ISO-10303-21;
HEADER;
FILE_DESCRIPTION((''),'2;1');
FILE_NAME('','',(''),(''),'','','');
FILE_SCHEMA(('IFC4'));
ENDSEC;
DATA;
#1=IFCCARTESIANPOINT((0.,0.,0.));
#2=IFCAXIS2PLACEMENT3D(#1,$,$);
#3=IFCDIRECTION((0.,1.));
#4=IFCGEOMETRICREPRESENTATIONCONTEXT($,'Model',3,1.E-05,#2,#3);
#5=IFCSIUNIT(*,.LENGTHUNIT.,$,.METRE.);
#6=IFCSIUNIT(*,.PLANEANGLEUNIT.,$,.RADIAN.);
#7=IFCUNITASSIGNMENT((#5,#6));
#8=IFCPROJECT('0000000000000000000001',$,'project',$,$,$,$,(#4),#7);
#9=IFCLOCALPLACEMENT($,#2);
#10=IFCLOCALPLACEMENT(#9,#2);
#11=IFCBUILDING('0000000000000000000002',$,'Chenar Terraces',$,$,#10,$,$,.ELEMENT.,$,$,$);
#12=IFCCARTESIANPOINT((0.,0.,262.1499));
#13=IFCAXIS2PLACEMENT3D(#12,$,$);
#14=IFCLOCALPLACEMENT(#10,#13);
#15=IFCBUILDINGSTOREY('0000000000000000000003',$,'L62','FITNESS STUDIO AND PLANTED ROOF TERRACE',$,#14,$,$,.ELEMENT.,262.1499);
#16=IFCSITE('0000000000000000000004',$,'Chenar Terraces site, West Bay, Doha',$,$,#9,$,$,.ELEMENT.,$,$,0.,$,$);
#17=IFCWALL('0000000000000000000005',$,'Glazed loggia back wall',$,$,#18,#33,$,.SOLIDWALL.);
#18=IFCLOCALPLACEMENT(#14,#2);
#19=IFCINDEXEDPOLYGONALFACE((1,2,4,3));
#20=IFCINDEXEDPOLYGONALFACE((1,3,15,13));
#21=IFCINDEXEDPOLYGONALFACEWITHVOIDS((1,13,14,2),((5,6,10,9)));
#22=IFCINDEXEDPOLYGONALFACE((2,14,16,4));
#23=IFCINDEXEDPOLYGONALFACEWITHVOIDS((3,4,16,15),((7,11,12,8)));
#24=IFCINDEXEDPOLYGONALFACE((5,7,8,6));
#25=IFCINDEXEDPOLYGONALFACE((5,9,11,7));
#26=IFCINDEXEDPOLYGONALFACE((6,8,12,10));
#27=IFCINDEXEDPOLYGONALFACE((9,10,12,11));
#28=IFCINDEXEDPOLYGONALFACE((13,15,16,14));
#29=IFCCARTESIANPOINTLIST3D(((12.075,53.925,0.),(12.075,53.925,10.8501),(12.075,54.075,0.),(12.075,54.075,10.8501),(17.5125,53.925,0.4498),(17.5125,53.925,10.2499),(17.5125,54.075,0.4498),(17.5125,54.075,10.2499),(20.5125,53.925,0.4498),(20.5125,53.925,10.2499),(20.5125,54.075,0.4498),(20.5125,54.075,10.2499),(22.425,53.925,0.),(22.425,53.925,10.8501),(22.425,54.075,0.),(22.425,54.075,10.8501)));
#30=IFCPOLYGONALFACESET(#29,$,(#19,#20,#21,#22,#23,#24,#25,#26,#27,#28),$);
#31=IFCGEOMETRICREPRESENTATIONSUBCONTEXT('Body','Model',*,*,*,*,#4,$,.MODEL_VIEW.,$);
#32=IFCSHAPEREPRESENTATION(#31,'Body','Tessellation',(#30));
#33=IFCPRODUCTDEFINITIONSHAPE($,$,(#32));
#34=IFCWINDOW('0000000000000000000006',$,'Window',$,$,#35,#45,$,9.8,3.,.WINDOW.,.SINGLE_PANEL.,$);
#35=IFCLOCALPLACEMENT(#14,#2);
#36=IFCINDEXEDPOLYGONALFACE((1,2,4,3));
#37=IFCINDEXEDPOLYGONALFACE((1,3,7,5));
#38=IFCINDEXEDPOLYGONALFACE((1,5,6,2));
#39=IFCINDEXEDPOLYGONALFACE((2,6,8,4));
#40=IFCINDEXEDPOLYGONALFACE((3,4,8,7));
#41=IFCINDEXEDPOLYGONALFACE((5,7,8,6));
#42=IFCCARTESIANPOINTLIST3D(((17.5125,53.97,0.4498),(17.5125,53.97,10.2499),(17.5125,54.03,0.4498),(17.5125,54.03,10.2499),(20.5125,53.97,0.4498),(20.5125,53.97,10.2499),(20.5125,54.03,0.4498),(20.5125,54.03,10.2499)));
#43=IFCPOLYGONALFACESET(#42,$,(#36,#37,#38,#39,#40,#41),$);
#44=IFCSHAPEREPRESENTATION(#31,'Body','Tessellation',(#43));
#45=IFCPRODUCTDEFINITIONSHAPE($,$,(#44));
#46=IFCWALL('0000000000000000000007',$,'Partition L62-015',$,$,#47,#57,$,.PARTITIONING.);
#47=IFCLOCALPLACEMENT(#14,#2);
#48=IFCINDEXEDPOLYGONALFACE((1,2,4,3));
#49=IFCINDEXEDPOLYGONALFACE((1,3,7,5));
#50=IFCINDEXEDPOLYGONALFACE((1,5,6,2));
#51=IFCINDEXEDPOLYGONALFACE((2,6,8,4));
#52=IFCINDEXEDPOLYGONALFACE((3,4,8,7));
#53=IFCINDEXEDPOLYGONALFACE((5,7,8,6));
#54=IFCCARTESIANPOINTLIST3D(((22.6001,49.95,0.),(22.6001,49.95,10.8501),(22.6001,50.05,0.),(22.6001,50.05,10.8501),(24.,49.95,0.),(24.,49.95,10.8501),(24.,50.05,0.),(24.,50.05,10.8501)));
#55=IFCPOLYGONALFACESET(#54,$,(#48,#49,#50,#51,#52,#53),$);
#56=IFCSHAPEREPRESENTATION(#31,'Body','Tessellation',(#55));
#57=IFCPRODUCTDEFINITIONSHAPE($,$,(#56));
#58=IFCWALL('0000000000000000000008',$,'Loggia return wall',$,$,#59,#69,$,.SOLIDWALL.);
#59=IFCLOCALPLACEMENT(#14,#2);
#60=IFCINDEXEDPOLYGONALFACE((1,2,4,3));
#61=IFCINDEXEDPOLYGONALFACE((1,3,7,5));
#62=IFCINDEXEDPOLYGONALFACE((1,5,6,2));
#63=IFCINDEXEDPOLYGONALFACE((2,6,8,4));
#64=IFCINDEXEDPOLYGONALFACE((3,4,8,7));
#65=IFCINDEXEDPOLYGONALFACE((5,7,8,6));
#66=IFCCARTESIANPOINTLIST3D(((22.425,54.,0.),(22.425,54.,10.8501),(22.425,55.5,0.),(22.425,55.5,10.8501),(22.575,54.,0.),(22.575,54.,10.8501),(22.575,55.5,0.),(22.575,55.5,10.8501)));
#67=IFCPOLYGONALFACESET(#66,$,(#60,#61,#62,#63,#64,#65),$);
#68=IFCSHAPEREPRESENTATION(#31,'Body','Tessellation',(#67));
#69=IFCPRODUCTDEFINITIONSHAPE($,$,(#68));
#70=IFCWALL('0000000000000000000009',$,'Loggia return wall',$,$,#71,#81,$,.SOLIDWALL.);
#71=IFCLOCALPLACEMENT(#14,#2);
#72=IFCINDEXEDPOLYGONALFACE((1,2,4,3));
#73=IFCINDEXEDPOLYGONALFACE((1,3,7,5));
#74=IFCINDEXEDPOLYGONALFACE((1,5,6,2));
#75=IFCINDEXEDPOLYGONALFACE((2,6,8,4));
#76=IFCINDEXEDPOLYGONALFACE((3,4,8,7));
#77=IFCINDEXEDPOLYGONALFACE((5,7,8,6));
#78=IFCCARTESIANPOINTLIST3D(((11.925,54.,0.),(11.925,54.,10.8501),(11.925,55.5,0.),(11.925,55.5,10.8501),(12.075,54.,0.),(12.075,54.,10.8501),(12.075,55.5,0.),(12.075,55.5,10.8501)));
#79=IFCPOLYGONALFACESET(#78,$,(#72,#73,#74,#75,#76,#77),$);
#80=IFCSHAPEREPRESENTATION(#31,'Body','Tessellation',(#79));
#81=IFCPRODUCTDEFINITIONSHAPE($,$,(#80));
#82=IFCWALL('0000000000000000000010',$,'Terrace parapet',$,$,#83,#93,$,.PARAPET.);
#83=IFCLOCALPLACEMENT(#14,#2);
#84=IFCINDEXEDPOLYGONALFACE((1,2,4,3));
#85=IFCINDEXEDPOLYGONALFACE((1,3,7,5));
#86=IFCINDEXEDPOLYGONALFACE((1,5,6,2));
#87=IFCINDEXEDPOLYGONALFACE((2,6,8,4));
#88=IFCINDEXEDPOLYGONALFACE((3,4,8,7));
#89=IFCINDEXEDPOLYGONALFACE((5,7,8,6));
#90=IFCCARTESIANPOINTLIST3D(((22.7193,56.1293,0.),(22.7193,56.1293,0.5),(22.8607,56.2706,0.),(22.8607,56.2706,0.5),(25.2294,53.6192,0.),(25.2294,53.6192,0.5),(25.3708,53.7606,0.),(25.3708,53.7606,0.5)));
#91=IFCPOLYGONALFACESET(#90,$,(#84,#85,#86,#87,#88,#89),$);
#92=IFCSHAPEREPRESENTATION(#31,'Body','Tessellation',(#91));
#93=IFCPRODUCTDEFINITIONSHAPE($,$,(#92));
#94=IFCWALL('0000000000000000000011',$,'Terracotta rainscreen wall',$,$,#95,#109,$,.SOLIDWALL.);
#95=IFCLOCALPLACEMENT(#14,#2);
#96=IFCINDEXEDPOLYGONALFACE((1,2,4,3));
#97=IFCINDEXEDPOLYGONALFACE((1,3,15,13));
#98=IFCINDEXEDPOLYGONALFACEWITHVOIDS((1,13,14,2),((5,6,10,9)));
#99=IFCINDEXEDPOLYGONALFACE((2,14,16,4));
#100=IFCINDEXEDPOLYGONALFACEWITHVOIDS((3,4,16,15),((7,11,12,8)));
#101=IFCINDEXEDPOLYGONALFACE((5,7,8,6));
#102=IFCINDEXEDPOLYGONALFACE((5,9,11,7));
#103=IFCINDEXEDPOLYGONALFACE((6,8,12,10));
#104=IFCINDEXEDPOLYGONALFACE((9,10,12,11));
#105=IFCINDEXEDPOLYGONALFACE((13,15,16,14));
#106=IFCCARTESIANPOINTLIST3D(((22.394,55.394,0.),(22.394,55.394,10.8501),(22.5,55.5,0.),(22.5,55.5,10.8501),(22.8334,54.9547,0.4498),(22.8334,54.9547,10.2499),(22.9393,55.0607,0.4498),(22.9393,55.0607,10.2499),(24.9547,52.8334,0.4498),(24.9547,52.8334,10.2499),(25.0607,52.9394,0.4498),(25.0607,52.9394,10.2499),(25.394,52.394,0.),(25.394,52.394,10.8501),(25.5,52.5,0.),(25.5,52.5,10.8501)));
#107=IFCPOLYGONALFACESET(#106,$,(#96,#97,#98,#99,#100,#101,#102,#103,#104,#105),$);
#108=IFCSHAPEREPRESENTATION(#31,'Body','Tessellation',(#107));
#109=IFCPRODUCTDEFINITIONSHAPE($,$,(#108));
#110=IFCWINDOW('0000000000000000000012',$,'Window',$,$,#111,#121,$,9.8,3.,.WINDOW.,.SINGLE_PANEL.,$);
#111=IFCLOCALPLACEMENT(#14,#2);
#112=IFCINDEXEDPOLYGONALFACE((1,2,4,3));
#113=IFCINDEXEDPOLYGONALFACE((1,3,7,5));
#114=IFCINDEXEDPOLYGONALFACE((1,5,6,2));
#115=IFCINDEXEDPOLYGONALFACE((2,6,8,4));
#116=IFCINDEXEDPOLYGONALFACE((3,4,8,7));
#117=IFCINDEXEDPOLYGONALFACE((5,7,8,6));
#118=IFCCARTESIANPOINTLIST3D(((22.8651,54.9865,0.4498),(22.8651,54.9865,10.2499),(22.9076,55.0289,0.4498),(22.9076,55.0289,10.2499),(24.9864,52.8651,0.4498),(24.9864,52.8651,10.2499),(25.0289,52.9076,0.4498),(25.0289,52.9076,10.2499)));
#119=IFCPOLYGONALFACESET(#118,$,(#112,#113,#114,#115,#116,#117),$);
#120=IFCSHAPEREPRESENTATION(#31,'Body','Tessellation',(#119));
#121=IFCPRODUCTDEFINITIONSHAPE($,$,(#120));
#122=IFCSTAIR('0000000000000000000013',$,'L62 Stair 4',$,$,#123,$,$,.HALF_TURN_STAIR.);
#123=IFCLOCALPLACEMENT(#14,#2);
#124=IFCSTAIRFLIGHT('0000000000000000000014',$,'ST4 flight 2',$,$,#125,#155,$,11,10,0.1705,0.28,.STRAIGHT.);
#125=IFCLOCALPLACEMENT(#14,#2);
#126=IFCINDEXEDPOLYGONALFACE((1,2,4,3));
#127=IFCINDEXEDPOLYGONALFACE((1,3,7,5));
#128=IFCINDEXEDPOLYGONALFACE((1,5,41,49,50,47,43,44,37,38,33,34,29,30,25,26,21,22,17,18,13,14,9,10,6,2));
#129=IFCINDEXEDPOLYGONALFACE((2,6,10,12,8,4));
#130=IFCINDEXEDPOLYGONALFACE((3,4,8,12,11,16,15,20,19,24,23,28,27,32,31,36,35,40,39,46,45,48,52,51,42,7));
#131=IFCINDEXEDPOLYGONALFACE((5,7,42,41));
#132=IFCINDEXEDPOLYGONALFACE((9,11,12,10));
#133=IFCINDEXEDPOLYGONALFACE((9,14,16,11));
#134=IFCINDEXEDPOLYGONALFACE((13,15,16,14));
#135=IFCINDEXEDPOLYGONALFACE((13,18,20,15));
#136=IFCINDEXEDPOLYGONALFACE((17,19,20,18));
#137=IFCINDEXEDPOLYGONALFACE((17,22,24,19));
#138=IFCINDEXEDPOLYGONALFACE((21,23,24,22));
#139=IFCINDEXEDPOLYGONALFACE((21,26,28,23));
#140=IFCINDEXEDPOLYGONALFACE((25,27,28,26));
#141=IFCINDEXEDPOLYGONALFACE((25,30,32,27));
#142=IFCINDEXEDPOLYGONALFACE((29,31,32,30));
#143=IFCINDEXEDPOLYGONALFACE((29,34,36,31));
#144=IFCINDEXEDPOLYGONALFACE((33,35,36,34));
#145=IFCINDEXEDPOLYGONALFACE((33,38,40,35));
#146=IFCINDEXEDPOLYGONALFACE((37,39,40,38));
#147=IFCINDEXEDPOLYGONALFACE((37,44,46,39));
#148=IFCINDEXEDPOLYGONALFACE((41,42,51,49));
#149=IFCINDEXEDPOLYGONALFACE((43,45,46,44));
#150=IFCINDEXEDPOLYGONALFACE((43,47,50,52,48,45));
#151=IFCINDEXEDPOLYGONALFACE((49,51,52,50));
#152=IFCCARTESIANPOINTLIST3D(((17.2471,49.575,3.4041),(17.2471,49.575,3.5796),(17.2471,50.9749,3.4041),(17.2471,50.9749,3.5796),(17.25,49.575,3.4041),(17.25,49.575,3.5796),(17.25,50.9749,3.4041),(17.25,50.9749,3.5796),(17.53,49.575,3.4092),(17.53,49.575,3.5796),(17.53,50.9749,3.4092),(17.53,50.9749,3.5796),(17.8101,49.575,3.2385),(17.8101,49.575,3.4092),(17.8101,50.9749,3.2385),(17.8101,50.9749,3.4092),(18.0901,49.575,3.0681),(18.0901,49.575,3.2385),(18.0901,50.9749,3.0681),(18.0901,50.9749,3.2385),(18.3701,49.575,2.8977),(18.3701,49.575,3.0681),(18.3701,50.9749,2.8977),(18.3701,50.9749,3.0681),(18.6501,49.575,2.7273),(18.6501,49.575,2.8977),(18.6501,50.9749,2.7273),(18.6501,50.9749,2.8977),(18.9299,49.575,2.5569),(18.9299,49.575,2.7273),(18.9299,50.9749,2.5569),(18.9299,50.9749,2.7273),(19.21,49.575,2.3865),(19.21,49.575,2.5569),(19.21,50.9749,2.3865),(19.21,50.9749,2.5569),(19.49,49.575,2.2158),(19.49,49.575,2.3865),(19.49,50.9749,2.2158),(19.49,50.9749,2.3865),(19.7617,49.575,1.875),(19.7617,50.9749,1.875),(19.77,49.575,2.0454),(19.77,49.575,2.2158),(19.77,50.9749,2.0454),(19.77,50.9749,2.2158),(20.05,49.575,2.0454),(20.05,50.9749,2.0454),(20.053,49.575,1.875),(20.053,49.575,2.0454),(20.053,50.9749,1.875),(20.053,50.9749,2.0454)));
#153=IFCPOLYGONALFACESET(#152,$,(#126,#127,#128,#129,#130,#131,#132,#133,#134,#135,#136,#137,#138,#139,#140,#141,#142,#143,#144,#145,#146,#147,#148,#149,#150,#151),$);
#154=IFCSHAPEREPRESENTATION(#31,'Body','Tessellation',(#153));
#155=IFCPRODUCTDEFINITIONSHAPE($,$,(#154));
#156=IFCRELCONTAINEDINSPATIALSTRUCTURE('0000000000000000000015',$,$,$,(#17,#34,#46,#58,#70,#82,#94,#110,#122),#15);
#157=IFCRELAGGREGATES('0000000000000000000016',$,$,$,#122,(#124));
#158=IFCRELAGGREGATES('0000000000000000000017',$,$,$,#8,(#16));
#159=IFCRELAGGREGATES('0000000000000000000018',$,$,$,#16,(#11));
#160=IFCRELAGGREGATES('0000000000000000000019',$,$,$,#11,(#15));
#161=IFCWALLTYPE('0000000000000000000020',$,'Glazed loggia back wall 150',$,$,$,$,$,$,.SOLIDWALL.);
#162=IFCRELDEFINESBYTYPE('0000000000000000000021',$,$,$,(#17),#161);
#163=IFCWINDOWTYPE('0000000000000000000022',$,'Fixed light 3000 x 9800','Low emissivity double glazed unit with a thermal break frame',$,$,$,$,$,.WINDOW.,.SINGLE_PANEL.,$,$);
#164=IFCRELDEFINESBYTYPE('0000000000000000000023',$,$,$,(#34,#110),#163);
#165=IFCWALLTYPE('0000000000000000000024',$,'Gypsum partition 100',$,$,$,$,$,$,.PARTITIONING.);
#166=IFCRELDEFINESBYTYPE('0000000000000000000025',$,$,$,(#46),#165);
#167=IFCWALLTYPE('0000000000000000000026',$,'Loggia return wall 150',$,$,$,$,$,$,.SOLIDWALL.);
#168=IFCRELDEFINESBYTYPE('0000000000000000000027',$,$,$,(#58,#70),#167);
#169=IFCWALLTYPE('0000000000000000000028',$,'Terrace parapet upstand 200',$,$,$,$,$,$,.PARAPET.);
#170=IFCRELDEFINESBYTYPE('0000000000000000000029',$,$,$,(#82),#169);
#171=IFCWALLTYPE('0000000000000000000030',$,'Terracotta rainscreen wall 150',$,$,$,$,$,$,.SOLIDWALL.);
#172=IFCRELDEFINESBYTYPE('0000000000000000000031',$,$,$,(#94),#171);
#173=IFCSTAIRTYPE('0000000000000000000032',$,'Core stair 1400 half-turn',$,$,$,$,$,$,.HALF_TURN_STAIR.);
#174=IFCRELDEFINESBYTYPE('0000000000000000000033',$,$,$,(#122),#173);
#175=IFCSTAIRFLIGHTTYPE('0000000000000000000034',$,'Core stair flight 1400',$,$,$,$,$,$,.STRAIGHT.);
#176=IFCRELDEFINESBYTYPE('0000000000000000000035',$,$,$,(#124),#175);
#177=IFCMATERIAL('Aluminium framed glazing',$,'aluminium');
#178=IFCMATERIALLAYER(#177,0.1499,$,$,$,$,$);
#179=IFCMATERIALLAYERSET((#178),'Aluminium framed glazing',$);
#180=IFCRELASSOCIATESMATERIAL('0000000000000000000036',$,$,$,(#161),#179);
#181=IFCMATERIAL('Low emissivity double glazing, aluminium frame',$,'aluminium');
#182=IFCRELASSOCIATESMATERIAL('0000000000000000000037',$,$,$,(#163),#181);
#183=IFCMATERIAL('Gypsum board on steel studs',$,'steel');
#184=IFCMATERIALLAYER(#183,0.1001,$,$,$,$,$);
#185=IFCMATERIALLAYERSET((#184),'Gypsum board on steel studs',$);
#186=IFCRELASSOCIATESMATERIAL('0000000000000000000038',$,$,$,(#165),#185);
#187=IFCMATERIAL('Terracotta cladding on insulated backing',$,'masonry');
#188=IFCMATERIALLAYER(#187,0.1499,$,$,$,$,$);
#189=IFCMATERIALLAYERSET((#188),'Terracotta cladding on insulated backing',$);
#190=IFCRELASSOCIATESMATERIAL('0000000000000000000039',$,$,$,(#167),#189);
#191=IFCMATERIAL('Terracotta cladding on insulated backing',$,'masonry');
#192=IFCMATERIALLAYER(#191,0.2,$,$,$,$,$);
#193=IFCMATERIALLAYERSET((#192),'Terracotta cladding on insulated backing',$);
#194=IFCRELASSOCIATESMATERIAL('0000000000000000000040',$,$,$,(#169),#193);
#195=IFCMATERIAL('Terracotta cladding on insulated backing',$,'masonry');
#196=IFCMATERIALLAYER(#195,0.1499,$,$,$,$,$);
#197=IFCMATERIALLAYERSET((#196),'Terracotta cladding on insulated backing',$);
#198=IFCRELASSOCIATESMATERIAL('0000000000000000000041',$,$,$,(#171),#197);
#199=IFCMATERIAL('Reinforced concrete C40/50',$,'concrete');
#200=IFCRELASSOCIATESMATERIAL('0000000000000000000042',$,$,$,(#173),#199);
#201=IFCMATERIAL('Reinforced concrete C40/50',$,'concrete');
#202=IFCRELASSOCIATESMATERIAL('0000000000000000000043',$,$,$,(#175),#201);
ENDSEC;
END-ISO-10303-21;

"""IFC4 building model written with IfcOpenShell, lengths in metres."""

from ifc_helpers import new_model, si_unit, direction, frame, frame_2d, origin, place, context, subcontext, project, spatial, polyline, rectangle, outline, extrude, material, layer, layer_set, type_object, element, fill, aggregate, save


model = new_model("IFC4")

# Units and contexts
model_context = context("Model", 3, precision=1e-05, world=origin(), true_north=direction((0.0, 1.0)))
body_context = subcontext(model_context, "Body", "Model", "MODEL_VIEW")
ifc_project = project(units=[si_unit("LENGTHUNIT", "METRE"), si_unit("PLANEANGLEUNIT", "RADIAN")], contexts=[model_context])

# Site, building, storey
site_placement = place(None, origin())
site = spatial("IfcSite", under=ifc_project, at=site_placement, Name="Chenar Terraces site, West Bay, Doha", CompositionType="ELEMENT", RefElevation=0.0)
building_placement = place(site_placement, origin())
building = spatial("IfcBuilding", under=site, at=building_placement, Name="Chenar Terraces", CompositionType="ELEMENT")
storey_placement = place(building_placement, frame((0.0, 0.0, 262.1499)))
storey = spatial("IfcBuildingStorey", under=building, at=storey_placement, Name="L62", Description="FITNESS STUDIO AND PLANTED ROOF TERRACE", CompositionType="ELEMENT", Elevation=262.1499)

# Shared definitions
placement = place(storey_placement, origin())

# Wall, opening, window
ifc_material_1 = material(Name="Aluminium framed glazing", Category="aluminium")
ifc_layer_1 = layer(ifc_material_1, 0.1499)
ifc_layer_set_1 = layer_set([ifc_layer_1], Name="Aluminium framed glazing")
wall_type_1 = type_object("IfcWallType", Name="Glazed loggia back wall 150", PredefinedType="SOLIDWALL", material=ifc_layer_set_1)
wall_1_placement = place(storey_placement, frame((22.425, 54.0, 0.0), z_axis=(0.0, 0.0, 1.0), x_axis=(-1.0, 0.0, 0.0)))
wall_1 = element("IfcWall", 1, at=wall_1_placement, inside=storey, type_object=wall_type_1, Name="Glazed loggia back wall", PredefinedType="SOLIDWALL", context=body_context, shape_type="SweptSolid", body=[
    extrude(rectangle(XDim=10.3501, YDim=0.1499, at=frame_2d((5.175, 0.0))), origin(), (0.0, 0.0, 1.0), 10.8501),
])
opening_1_placement = place(wall_1_placement, frame((1.9126, 0.0, 0.45)))
opening_1 = element("IfcOpeningElement", 2, at=opening_1_placement, cuts=wall_1, PredefinedType="OPENING", context=body_context, shape_type="SweptSolid", body=[
    extrude(rectangle(XDim=3.0, YDim=9.8, at=frame_2d((1.5, 4.8999))), frame((0.0, 0.085, 0.0), z_axis=(0.0, -1.0, 0.0), x_axis=(1.0, 0.0, 0.0)), (0.0, 0.0, 1.0), 0.1699),
])
ifc_material_2 = material(Name="Low emissivity double glazing, aluminium frame", Category="aluminium")
window_type = type_object("IfcWindowType", Name="Fixed light 3000 x 9800", Description="Low emissivity double glazed unit with a thermal break frame", PartitioningType="SINGLE_PANEL", PredefinedType="WINDOW", material=ifc_material_2)
window_1_placement = place(opening_1_placement, origin())
window_1 = element("IfcWindow", 3, at=window_1_placement, inside=storey, type_object=window_type, Name="Window", OverallHeight=9.8, OverallWidth=3.0, PartitioningType="SINGLE_PANEL", PredefinedType="WINDOW", context=body_context, shape_type="SweptSolid", body=[
    extrude(rectangle(XDim=3.0, YDim=9.8, at=frame_2d((1.5, 4.8999))), frame((0.0, 0.03, 0.0), z_axis=(0.0, -1.0, 0.0), x_axis=(1.0, 0.0, 0.0)), (0.0, 0.0, 1.0), 0.0601),
])
fill(opening_1, window_1)

# Walls
ifc_material_3 = material(Name="Gypsum board on steel studs", Category="steel")
ifc_layer_2 = layer(ifc_material_3, 0.1001)
ifc_layer_set_2 = layer_set([ifc_layer_2], Name="Gypsum board on steel studs")
wall_type_2 = type_object("IfcWallType", Name="Gypsum partition 100", PredefinedType="PARTITIONING", material=ifc_layer_set_2)
wall_2_placement = place(storey_placement, frame((22.6001, 50.0, 0.0), z_axis=(0.0, 0.0, 1.0), x_axis=(1.0, 0.0, 0.0)))
element("IfcWall", 4, at=wall_2_placement, inside=storey, type_object=wall_type_2, Name="Partition L62-015", PredefinedType="PARTITIONING", context=body_context, shape_type="SweptSolid", body=[
    extrude(rectangle(XDim=1.3999, YDim=0.1001, at=frame_2d((0.7, 0.0))), origin(), (0.0, 0.0, 1.0), 10.8501),
])
ifc_material_4 = material(Name="Terracotta cladding on insulated backing", Category="masonry")
ifc_layer_3 = layer(ifc_material_4, 0.1499)
ifc_layer_set_3 = layer_set([ifc_layer_3], Name="Terracotta cladding on insulated backing")
wall_type_3 = type_object("IfcWallType", Name="Loggia return wall 150", PredefinedType="SOLIDWALL", material=ifc_layer_set_3)
for number, where, z_axis, x_axis, name in (
    (5, (22.5, 55.5, 0.0), (0.0, 0.0, 1.0), (0.0, -1.0, 0.0), "Loggia return wall"),
    (6, (12.0, 55.5, 0.0), (0.0, 0.0, 1.0), (0.0, -1.0, 0.0), "Loggia return wall"),
):
    element("IfcWall", number, at=place(storey_placement, frame(where, z_axis=z_axis, x_axis=x_axis)), inside=storey, type_object=wall_type_3, Name=name, PredefinedType="SOLIDWALL", context=body_context, shape_type="SweptSolid", body=[
        extrude(rectangle(XDim=1.5, YDim=0.1499, at=frame_2d((0.75, 0.0))), origin(), (0.0, 0.0, 1.0), 10.8501),
    ])
ifc_material_5 = material(Name="Terracotta cladding on insulated backing", Category="masonry")
ifc_layer_4 = layer(ifc_material_5, 0.2)
ifc_layer_set_4 = layer_set([ifc_layer_4], Name="Terracotta cladding on insulated backing")
wall_type_4 = type_object("IfcWallType", Name="Terrace parapet upstand 200", PredefinedType="PARAPET", material=ifc_layer_set_4)
wall_3_placement = place(storey_placement, frame((22.79, 56.2, 0.0), z_axis=(0.0, 0.0, 1.0), x_axis=(0.707107, -0.707107, 0.0)))
element("IfcWall", 7, at=wall_3_placement, inside=storey, type_object=wall_type_4, Name="Terrace parapet", PredefinedType="PARAPET", context=body_context, shape_type="SweptSolid", body=[
    extrude(rectangle(XDim=3.5498, YDim=0.2, at=frame_2d((1.7749, 0.0))), origin(), (0.0, 0.0, 1.0), 0.5),
])

# Wall, opening, window
ifc_material_6 = material(Name="Terracotta cladding on insulated backing", Category="masonry")
ifc_layer_5 = layer(ifc_material_6, 0.1499)
ifc_layer_set_5 = layer_set([ifc_layer_5], Name="Terracotta cladding on insulated backing")
wall_type_5 = type_object("IfcWallType", Name="Terracotta rainscreen wall 150", PredefinedType="SOLIDWALL", material=ifc_layer_set_5)
wall_4_placement = place(storey_placement, frame((25.447, 52.447, 0.0), z_axis=(0.0, 0.0, 1.0), x_axis=(-0.707107, 0.707107, 0.0)))
wall_4 = element("IfcWall", 8, at=wall_4_placement, inside=storey, type_object=wall_type_5, Name="Terracotta rainscreen wall", PredefinedType="SOLIDWALL", context=body_context, shape_type="SweptSolid", body=[
    extrude(rectangle(XDim=4.2427, YDim=0.1499, at=frame_2d((2.1213, 0.0))), origin(), (0.0, 0.0, 1.0), 10.8501),
])
opening_2_placement = place(wall_4_placement, frame((0.6213, 0.0, 0.45)))
opening_2 = element("IfcOpeningElement", 9, at=opening_2_placement, cuts=wall_4, PredefinedType="OPENING", context=body_context, shape_type="SweptSolid", body=[
    extrude(rectangle(XDim=3.0, YDim=9.8, at=frame_2d((1.5, 4.8999))), frame((0.0, 0.085, 0.0), z_axis=(0.0, -1.0, 0.0), x_axis=(1.0, 0.0, 0.0)), (0.0, 0.0, 1.0), 0.1699),
])
window_2_placement = place(opening_2_placement, origin())
window_2 = element("IfcWindow", 10, at=window_2_placement, inside=storey, type_object=window_type, Name="Window", OverallHeight=9.8, OverallWidth=3.0, PartitioningType="SINGLE_PANEL", PredefinedType="WINDOW", context=body_context, shape_type="SweptSolid", body=[
    extrude(rectangle(XDim=3.0, YDim=9.8, at=frame_2d((1.5, 4.8999))), frame((0.0, 0.03, 0.0), z_axis=(0.0, -1.0, 0.0), x_axis=(1.0, 0.0, 0.0)), (0.0, 0.0, 1.0), 0.0601),
])
fill(opening_2, window_2)

# Stair, stair flight
ifc_material_7 = material(Name="Reinforced concrete C40/50", Category="concrete")
stair_type = type_object("IfcStairType", Name="Core stair 1400 half-turn", PredefinedType="HALF_TURN_STAIR", material=ifc_material_7)
stair = element("IfcStair", 11, at=placement, inside=storey, type_object=stair_type, Name="L62 Stair 4", PredefinedType="HALF_TURN_STAIR")
ifc_material_8 = material(Name="Reinforced concrete C40/50", Category="concrete")
stair_flight_type = type_object("IfcStairFlightType", Name="Core stair flight 1400", PredefinedType="STRAIGHT", material=ifc_material_8)
stair_flight_1_placement = place(storey_placement, frame((20.05, 50.2749, 1.875), z_axis=(0.0, 0.0, 1.0), x_axis=(-1.0, 0.0, 0.0)))
stair_flight_1 = element("IfcStairFlight", 12, at=stair_flight_1_placement, type_object=stair_flight_type, Name="ST4 flight 2", NumberOfRisers=11, NumberOfTreads=10, PredefinedType="STRAIGHT", RiserHeight=0.1705, TreadLength=0.28, context=body_context, shape_type="SweptSolid", body=[
    extrude(outline(polyline([(-0.0029, 0.0), (-0.0029, 0.1704), (0.0, 0.1704), (0.28, 0.1704), (0.28, 0.3408), (0.5601, 0.3408), (0.5601, 0.5115), (0.8401, 0.5115), (0.8401, 0.6819), (1.1201, 0.6819), (1.1201, 0.8523), (1.3999, 0.8523), (1.3999, 1.0227), (1.6799, 1.0227), (1.6799, 1.1931), (1.96, 1.1931), (1.96, 1.3635), (2.24, 1.3635), (2.24, 1.5342), (2.52, 1.5342), (2.52, 1.7046), (2.8, 1.7046), (2.803, 1.7046), (2.803, 1.5291), (2.8, 1.5291), (0.2883, 0.0), (-0.0029, 0.0)])), frame((0.0, 0.7, 0.0), z_axis=(0.0, -1.0, 0.0), x_axis=(1.0, 0.0, 0.0)), (0.0, 0.0, 1.0), 1.3999),
])
aggregate(stair, [stair_flight_1])

save(model, "model.ifc")
